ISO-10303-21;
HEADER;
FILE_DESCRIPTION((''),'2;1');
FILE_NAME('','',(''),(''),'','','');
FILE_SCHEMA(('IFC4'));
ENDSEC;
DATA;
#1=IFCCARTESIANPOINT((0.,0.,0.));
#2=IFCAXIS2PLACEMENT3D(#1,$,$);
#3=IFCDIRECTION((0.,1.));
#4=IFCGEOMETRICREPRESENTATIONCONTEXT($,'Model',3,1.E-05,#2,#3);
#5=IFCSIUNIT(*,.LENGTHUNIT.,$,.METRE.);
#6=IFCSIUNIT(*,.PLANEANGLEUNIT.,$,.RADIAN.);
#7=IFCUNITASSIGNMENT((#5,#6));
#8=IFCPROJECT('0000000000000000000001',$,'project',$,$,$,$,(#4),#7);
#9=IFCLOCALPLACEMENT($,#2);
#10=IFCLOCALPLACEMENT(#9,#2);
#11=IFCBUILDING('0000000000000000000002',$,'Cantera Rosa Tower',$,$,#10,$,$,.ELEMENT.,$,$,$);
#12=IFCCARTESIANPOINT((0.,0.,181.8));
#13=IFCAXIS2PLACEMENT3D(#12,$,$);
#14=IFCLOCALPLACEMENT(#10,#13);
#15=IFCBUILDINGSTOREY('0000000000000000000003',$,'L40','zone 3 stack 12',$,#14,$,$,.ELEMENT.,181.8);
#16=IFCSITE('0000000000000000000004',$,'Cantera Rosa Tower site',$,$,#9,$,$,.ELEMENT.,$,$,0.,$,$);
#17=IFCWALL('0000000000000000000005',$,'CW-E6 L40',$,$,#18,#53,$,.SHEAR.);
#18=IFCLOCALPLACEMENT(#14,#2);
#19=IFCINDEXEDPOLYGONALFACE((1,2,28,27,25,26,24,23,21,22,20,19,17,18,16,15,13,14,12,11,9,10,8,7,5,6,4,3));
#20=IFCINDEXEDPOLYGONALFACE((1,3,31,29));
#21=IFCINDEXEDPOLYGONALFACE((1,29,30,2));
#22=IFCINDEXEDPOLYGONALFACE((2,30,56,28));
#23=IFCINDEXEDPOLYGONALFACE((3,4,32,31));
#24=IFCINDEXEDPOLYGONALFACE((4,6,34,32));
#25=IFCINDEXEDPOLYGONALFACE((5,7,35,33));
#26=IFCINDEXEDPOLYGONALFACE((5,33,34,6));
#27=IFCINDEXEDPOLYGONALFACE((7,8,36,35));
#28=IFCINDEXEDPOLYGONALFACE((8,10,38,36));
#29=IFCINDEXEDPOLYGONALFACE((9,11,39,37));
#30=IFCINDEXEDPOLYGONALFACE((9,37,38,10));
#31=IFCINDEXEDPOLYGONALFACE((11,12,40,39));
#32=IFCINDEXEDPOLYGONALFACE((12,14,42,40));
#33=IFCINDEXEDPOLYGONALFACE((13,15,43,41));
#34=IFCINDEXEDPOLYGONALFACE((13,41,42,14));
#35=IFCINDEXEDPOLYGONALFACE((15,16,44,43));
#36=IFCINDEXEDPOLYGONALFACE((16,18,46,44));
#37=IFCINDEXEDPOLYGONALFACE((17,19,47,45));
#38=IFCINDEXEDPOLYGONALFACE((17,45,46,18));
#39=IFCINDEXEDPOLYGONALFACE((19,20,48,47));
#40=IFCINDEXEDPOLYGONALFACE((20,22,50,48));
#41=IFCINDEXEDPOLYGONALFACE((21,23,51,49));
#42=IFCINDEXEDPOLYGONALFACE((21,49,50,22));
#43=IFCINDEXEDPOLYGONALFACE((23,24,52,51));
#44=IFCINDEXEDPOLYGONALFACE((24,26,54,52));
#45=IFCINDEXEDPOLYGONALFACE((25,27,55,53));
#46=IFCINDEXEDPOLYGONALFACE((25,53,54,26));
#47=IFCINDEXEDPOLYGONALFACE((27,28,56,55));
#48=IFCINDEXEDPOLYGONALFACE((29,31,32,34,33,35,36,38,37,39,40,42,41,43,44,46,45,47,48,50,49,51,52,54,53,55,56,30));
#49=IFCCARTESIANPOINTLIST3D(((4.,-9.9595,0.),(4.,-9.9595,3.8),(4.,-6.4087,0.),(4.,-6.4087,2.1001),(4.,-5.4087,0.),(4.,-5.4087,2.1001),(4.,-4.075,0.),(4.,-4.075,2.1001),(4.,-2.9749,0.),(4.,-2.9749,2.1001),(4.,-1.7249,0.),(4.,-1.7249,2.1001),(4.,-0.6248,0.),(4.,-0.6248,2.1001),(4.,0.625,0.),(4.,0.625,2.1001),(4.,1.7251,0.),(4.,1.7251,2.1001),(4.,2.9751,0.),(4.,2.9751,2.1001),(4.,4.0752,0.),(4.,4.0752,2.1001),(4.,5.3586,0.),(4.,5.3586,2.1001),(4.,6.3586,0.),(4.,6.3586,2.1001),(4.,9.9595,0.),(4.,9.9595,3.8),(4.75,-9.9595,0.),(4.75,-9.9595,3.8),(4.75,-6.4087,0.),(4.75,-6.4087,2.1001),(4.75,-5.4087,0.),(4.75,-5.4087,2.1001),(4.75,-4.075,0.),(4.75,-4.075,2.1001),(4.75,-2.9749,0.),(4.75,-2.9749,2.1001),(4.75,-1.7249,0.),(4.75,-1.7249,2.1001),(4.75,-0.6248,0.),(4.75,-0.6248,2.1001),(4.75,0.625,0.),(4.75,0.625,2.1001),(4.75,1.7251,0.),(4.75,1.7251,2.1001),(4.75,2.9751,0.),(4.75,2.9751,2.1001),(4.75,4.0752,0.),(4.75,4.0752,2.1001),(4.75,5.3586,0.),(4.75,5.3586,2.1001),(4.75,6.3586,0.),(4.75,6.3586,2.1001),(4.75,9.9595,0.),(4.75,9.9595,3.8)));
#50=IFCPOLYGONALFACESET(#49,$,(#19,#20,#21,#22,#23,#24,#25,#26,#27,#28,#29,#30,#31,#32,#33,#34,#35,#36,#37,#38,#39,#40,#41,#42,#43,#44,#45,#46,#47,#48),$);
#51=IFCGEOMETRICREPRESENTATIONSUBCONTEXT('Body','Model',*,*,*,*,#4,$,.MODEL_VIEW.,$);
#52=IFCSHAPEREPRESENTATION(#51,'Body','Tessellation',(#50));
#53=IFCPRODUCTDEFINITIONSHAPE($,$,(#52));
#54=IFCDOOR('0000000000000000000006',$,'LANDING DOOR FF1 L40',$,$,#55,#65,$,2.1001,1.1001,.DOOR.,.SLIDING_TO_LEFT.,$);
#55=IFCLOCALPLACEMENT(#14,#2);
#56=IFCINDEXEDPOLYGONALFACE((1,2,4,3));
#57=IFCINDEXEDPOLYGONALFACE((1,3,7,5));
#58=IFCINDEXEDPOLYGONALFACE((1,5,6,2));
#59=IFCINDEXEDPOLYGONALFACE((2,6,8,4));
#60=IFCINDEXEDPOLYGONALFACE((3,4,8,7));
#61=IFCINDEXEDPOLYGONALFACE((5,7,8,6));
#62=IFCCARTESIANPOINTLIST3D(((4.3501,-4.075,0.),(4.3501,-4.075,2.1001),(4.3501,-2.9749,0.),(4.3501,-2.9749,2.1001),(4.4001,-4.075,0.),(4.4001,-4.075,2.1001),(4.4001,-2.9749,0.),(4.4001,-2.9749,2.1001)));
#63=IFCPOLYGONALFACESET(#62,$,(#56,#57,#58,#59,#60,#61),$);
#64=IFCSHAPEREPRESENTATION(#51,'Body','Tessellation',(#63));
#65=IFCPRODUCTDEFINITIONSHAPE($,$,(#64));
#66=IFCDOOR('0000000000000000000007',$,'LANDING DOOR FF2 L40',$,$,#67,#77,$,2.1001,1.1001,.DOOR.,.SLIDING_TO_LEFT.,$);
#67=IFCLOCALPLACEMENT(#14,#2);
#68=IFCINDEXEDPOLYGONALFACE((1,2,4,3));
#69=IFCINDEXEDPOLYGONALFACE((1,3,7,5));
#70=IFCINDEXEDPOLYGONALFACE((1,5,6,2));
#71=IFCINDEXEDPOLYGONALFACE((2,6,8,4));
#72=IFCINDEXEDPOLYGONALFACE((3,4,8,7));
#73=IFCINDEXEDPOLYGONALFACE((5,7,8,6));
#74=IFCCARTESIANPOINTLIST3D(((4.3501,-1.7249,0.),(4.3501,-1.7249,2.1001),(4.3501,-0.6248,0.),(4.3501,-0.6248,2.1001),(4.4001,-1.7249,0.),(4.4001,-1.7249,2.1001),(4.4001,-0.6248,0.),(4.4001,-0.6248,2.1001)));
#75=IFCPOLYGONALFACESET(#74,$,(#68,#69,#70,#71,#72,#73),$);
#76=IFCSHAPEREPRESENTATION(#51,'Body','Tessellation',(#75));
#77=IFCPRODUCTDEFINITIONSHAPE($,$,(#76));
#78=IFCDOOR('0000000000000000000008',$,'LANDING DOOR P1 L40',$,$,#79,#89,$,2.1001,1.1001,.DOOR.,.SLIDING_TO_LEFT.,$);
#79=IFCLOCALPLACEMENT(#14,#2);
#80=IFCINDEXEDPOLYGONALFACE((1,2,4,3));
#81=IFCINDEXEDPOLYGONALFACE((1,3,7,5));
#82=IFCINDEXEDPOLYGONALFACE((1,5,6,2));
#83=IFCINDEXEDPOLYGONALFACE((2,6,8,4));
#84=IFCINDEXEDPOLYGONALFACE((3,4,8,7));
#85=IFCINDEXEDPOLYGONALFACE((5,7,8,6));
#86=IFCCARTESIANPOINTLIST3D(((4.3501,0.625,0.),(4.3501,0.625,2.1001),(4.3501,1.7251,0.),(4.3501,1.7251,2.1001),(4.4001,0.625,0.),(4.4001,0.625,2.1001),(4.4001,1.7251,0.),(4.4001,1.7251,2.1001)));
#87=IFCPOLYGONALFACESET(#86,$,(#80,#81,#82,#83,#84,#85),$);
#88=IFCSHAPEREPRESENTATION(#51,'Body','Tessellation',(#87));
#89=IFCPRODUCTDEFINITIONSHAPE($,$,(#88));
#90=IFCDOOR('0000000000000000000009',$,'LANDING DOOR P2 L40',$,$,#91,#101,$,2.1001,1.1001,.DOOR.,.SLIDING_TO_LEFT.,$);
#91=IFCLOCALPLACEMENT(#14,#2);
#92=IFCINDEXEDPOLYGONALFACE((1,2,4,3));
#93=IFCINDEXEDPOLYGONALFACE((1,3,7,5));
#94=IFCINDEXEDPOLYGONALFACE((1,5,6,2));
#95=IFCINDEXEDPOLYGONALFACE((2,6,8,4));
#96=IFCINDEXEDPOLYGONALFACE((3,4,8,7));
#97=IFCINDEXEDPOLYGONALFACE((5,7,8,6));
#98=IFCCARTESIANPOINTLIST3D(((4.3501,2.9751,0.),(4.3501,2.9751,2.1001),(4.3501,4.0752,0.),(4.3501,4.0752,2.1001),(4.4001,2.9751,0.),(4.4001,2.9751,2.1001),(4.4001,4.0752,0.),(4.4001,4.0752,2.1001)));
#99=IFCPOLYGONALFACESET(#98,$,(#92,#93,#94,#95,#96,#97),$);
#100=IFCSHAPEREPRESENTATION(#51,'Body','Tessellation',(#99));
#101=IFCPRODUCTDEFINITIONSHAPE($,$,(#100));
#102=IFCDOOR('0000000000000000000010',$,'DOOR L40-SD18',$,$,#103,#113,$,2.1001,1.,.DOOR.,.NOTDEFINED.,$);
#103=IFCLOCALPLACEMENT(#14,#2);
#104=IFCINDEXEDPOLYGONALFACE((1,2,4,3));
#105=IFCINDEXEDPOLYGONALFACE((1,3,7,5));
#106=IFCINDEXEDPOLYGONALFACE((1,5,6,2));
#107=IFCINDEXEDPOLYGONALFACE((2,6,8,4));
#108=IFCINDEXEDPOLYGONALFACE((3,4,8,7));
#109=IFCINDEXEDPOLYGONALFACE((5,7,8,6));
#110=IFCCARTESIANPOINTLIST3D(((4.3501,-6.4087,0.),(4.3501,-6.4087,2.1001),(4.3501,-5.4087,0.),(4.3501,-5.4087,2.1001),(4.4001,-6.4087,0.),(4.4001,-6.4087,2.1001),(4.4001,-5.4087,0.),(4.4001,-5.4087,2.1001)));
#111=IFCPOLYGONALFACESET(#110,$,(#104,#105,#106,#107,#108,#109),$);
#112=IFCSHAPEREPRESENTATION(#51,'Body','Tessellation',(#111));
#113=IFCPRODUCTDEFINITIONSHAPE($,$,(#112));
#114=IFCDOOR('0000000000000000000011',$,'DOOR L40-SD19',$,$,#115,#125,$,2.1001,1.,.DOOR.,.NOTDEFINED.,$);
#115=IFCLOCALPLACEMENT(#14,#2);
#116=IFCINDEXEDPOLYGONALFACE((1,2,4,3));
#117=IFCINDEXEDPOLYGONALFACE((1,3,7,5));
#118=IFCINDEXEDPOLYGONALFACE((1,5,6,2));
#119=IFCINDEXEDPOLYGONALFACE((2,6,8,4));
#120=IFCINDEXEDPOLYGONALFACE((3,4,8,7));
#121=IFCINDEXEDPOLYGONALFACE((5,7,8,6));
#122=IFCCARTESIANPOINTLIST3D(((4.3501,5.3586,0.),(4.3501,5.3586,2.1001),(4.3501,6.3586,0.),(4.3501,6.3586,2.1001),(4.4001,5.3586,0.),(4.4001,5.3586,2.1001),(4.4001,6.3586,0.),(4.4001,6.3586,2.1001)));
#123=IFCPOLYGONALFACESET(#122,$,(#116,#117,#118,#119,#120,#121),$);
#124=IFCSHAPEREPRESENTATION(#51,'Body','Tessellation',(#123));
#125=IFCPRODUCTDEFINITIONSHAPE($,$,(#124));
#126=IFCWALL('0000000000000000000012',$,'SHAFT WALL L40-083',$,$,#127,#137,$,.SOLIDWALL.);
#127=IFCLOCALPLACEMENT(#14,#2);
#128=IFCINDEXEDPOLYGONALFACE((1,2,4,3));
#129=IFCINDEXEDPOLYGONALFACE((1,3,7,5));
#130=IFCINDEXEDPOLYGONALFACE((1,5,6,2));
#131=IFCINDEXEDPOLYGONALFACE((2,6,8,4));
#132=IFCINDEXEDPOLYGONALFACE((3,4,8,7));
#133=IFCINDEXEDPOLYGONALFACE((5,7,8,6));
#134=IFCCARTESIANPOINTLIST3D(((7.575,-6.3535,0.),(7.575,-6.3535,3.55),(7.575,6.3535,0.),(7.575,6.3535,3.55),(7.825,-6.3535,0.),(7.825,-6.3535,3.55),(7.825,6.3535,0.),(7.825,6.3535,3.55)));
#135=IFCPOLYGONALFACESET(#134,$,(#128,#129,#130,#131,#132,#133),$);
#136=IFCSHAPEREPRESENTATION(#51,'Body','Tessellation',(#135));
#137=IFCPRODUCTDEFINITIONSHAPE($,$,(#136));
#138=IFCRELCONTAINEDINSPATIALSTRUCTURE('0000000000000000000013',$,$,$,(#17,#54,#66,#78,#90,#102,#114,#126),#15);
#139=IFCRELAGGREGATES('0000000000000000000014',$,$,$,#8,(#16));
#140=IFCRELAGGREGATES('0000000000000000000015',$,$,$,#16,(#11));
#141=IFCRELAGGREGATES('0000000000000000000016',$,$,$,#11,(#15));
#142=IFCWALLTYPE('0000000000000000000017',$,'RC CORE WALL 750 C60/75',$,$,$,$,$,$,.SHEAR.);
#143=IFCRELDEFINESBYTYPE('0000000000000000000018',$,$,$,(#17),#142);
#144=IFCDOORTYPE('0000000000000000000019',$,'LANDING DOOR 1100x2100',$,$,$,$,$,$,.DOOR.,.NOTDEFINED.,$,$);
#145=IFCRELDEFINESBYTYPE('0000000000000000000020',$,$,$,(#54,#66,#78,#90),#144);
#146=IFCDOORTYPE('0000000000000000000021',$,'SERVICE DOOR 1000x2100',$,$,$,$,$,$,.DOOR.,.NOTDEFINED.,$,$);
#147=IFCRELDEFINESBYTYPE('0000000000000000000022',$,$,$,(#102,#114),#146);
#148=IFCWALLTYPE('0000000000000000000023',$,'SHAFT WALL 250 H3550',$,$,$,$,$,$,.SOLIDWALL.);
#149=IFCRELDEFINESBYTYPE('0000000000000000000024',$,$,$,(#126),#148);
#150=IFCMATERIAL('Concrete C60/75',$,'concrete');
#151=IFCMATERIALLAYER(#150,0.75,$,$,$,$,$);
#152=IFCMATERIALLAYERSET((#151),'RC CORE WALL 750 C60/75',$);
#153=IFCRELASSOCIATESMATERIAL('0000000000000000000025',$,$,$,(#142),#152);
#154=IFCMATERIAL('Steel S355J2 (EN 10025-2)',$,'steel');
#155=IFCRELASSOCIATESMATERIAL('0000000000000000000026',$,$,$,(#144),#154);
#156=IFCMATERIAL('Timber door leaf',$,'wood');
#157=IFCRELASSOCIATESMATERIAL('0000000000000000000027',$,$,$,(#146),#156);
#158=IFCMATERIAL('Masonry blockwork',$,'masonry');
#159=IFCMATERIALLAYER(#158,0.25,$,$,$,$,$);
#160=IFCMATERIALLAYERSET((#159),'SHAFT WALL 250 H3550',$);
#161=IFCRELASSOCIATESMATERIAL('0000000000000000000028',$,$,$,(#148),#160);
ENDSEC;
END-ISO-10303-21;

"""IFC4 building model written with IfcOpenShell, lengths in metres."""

from ifc_helpers import new_model, si_unit, direction, frame, frame_2d, origin, place, context, subcontext, project, spatial, rectangle, extrude, material, layer, layer_set, type_object, element, fill, save


model = new_model("IFC4")

# Units and contexts
model_context = context("Model", 3, precision=1e-05, world=origin(), true_north=direction((0.0, 1.0)))
body_context = subcontext(model_context, "Body", "Model", "MODEL_VIEW")
ifc_project = project(units=[si_unit("LENGTHUNIT", "METRE"), si_unit("PLANEANGLEUNIT", "RADIAN")], contexts=[model_context])

# Site, building, storey
site_placement = place(None, origin())
site = spatial("IfcSite", under=ifc_project, at=site_placement, Name="Cantera Rosa Tower site", CompositionType="ELEMENT", RefElevation=0.0)
building_placement = place(site_placement, origin())
building = spatial("IfcBuilding", under=site, at=building_placement, Name="Cantera Rosa Tower", CompositionType="ELEMENT")
storey_placement = place(building_placement, frame((0.0, 0.0, 181.8)))
storey = spatial("IfcBuildingStorey", under=building, at=storey_placement, Name="L40", Description="zone 3 stack 12", CompositionType="ELEMENT", Elevation=181.8)

# Shared definitions
ifc_material_1 = material(Name="Concrete C60/75", Category="concrete")
ifc_layer_1 = layer(ifc_material_1, 0.75)
ifc_layer_set_1 = layer_set([ifc_layer_1], Name="RC CORE WALL 750 C60/75")
wall_type_1 = type_object("IfcWallType", Name="RC CORE WALL 750 C60/75", PredefinedType="SHEAR", material=ifc_layer_set_1)

# Wall, openings, doors
wall_1_placement = place(storey_placement, frame((4.375, -9.9595, 0.0), z_axis=(0.0, 0.0, 1.0), x_axis=(0.0, 1.0, 0.0)))
wall_1 = element("IfcWall", 1, at=wall_1_placement, inside=storey, type_object=wall_type_1, Name="CW-E6 L40", PredefinedType="SHEAR", context=body_context, shape_type="SweptSolid", body=[
    extrude(rectangle(XDim=19.9189, YDim=0.75, at=frame_2d((9.9595, 0.0))), origin(), (0.0, 0.0, 1.0), 3.8),
])
opening_1_placement = place(wall_1_placement, frame((5.8845, 0.0, 0.0)))
opening_1 = element("IfcOpeningElement", 2, at=opening_1_placement, cuts=wall_1, PredefinedType="OPENING", context=body_context, shape_type="SweptSolid", body=[
    extrude(rectangle(XDim=1.1001, YDim=2.1001, at=frame_2d((0.55, 1.05))), frame((0.0, 0.385, 0.0), z_axis=(0.0, -1.0, 0.0), x_axis=(1.0, 0.0, 0.0)), (0.0, 0.0, 1.0), 0.77),
])
opening_2_placement = place(wall_1_placement, frame((8.2346, 0.0, 0.0)))
opening_2 = element("IfcOpeningElement", 3, at=opening_2_placement, cuts=wall_1, PredefinedType="OPENING", context=body_context, shape_type="SweptSolid", body=[
    extrude(rectangle(XDim=1.1001, YDim=2.1001, at=frame_2d((0.55, 1.05))), frame((0.0, 0.385, 0.0), z_axis=(0.0, -1.0, 0.0), x_axis=(1.0, 0.0, 0.0)), (0.0, 0.0, 1.0), 0.77),
])
opening_3_placement = place(wall_1_placement, frame((10.5845, 0.0, 0.0)))
opening_3 = element("IfcOpeningElement", 4, at=opening_3_placement, cuts=wall_1, PredefinedType="OPENING", context=body_context, shape_type="SweptSolid", body=[
    extrude(rectangle(XDim=1.1001, YDim=2.1001, at=frame_2d((0.55, 1.05))), frame((0.0, 0.385, 0.0), z_axis=(0.0, -1.0, 0.0), x_axis=(1.0, 0.0, 0.0)), (0.0, 0.0, 1.0), 0.77),
])
opening_4_placement = place(wall_1_placement, frame((12.9346, 0.0, 0.0)))
opening_4 = element("IfcOpeningElement", 5, at=opening_4_placement, cuts=wall_1, PredefinedType="OPENING", context=body_context, shape_type="SweptSolid", body=[
    extrude(rectangle(XDim=1.1001, YDim=2.1001, at=frame_2d((0.55, 1.05))), frame((0.0, 0.385, 0.0), z_axis=(0.0, -1.0, 0.0), x_axis=(1.0, 0.0, 0.0)), (0.0, 0.0, 1.0), 0.77),
])
opening_5_placement = place(wall_1_placement, frame((3.5508, 0.0, 0.0)))
opening_5 = element("IfcOpeningElement", 6, at=opening_5_placement, cuts=wall_1, PredefinedType="OPENING", context=body_context, shape_type="SweptSolid", body=[
    extrude(rectangle(XDim=1.0, YDim=2.1001, at=frame_2d((0.5, 1.05))), frame((0.0, 0.385, 0.0), z_axis=(0.0, -1.0, 0.0), x_axis=(1.0, 0.0, 0.0)), (0.0, 0.0, 1.0), 0.77),
])
opening_6_placement = place(wall_1_placement, frame((15.3181, 0.0, 0.0)))
opening_6 = element("IfcOpeningElement", 7, at=opening_6_placement, cuts=wall_1, PredefinedType="OPENING", context=body_context, shape_type="SweptSolid", body=[
    extrude(rectangle(XDim=1.0, YDim=2.1001, at=frame_2d((0.5, 1.05))), frame((0.0, 0.385, 0.0), z_axis=(0.0, -1.0, 0.0), x_axis=(1.0, 0.0, 0.0)), (0.0, 0.0, 1.0), 0.77),
])
ifc_material_2 = material(Name="Steel S355J2 (EN 10025-2)", Category="steel")
door_type_1 = type_object("IfcDoorType", Name="LANDING DOOR 1100x2100", OperationType="NOTDEFINED", PredefinedType="DOOR", material=ifc_material_2)
door_1_placement = place(opening_1_placement, origin())
door_1 = element("IfcDoor", 8, at=door_1_placement, inside=storey, type_object=door_type_1, Name="LANDING DOOR FF1 L40", OperationType="SLIDING_TO_LEFT", OverallHeight=2.1001, OverallWidth=1.1001, PredefinedType="DOOR", context=body_context, shape_type="SweptSolid", body=[
    extrude(rectangle(XDim=1.1001, YDim=2.1001, at=frame_2d((0.55, 1.05))), frame((0.0, 0.0249, 0.0), z_axis=(0.0, -1.0, 0.0), x_axis=(1.0, 0.0, 0.0)), (0.0, 0.0, 1.0), 0.05),
])
fill(opening_1, door_1)
door_2_placement = place(opening_2_placement, origin())
door_2 = element("IfcDoor", 9, at=door_2_placement, inside=storey, type_object=door_type_1, Name="LANDING DOOR FF2 L40", OperationType="SLIDING_TO_LEFT", OverallHeight=2.1001, OverallWidth=1.1001, PredefinedType="DOOR", context=body_context, shape_type="SweptSolid", body=[
    extrude(rectangle(XDim=1.1001, YDim=2.1001, at=frame_2d((0.55, 1.05))), frame((0.0, 0.0249, 0.0), z_axis=(0.0, -1.0, 0.0), x_axis=(1.0, 0.0, 0.0)), (0.0, 0.0, 1.0), 0.05),
])
fill(opening_2, door_2)
door_3_placement = place(opening_3_placement, origin())
door_3 = element("IfcDoor", 10, at=door_3_placement, inside=storey, type_object=door_type_1, Name="LANDING DOOR P1 L40", OperationType="SLIDING_TO_LEFT", OverallHeight=2.1001, OverallWidth=1.1001, PredefinedType="DOOR", context=body_context, shape_type="SweptSolid", body=[
    extrude(rectangle(XDim=1.1001, YDim=2.1001, at=frame_2d((0.55, 1.05))), frame((0.0, 0.0249, 0.0), z_axis=(0.0, -1.0, 0.0), x_axis=(1.0, 0.0, 0.0)), (0.0, 0.0, 1.0), 0.05),
])
fill(opening_3, door_3)
door_4_placement = place(opening_4_placement, origin())
door_4 = element("IfcDoor", 11, at=door_4_placement, inside=storey, type_object=door_type_1, Name="LANDING DOOR P2 L40", OperationType="SLIDING_TO_LEFT", OverallHeight=2.1001, OverallWidth=1.1001, PredefinedType="DOOR", context=body_context, shape_type="SweptSolid", body=[
    extrude(rectangle(XDim=1.1001, YDim=2.1001, at=frame_2d((0.55, 1.05))), frame((0.0, 0.0249, 0.0), z_axis=(0.0, -1.0, 0.0), x_axis=(1.0, 0.0, 0.0)), (0.0, 0.0, 1.0), 0.05),
])
fill(opening_4, door_4)
ifc_material_3 = material(Name="Timber door leaf", Category="wood")
door_type_2 = type_object("IfcDoorType", Name="SERVICE DOOR 1000x2100", OperationType="NOTDEFINED", PredefinedType="DOOR", material=ifc_material_3)
door_5_placement = place(opening_5_placement, origin())
door_5 = element("IfcDoor", 12, at=door_5_placement, inside=storey, type_object=door_type_2, Name="DOOR L40-SD18", OperationType="NOTDEFINED", OverallHeight=2.1001, OverallWidth=1.0, PredefinedType="DOOR", context=body_context, shape_type="SweptSolid", body=[
    extrude(rectangle(XDim=1.0, YDim=2.1001, at=frame_2d((0.5, 1.05))), frame((0.0, 0.0249, 0.0), z_axis=(0.0, -1.0, 0.0), x_axis=(1.0, 0.0, 0.0)), (0.0, 0.0, 1.0), 0.05),
])
fill(opening_5, door_5)
door_6_placement = place(opening_6_placement, origin())
door_6 = element("IfcDoor", 13, at=door_6_placement, inside=storey, type_object=door_type_2, Name="DOOR L40-SD19", OperationType="NOTDEFINED", OverallHeight=2.1001, OverallWidth=1.0, PredefinedType="DOOR", context=body_context, shape_type="SweptSolid", body=[
    extrude(rectangle(XDim=1.0, YDim=2.1001, at=frame_2d((0.5, 1.05))), frame((0.0, 0.0249, 0.0), z_axis=(0.0, -1.0, 0.0), x_axis=(1.0, 0.0, 0.0)), (0.0, 0.0, 1.0), 0.05),
])
fill(opening_6, door_6)

# Wall
ifc_material_4 = material(Name="Masonry blockwork", Category="masonry")
ifc_layer_2 = layer(ifc_material_4, 0.25)
ifc_layer_set_2 = layer_set([ifc_layer_2], Name="SHAFT WALL 250 H3550")
wall_type_2 = type_object("IfcWallType", Name="SHAFT WALL 250 H3550", PredefinedType="SOLIDWALL", material=ifc_layer_set_2)
wall_2_placement = place(storey_placement, frame((7.7, -6.3535, 0.0), z_axis=(0.0, 0.0, 1.0), x_axis=(0.0, 1.0, 0.0)))
element("IfcWall", 14, at=wall_2_placement, inside=storey, type_object=wall_type_2, Name="SHAFT WALL L40-083", PredefinedType="SOLIDWALL", context=body_context, shape_type="SweptSolid", body=[
    extrude(rectangle(XDim=12.707, YDim=0.25, at=frame_2d((6.3535, 0.0))), origin(), (0.0, 0.0, 1.0), 3.55),
])

save(model, "model.ifc")
